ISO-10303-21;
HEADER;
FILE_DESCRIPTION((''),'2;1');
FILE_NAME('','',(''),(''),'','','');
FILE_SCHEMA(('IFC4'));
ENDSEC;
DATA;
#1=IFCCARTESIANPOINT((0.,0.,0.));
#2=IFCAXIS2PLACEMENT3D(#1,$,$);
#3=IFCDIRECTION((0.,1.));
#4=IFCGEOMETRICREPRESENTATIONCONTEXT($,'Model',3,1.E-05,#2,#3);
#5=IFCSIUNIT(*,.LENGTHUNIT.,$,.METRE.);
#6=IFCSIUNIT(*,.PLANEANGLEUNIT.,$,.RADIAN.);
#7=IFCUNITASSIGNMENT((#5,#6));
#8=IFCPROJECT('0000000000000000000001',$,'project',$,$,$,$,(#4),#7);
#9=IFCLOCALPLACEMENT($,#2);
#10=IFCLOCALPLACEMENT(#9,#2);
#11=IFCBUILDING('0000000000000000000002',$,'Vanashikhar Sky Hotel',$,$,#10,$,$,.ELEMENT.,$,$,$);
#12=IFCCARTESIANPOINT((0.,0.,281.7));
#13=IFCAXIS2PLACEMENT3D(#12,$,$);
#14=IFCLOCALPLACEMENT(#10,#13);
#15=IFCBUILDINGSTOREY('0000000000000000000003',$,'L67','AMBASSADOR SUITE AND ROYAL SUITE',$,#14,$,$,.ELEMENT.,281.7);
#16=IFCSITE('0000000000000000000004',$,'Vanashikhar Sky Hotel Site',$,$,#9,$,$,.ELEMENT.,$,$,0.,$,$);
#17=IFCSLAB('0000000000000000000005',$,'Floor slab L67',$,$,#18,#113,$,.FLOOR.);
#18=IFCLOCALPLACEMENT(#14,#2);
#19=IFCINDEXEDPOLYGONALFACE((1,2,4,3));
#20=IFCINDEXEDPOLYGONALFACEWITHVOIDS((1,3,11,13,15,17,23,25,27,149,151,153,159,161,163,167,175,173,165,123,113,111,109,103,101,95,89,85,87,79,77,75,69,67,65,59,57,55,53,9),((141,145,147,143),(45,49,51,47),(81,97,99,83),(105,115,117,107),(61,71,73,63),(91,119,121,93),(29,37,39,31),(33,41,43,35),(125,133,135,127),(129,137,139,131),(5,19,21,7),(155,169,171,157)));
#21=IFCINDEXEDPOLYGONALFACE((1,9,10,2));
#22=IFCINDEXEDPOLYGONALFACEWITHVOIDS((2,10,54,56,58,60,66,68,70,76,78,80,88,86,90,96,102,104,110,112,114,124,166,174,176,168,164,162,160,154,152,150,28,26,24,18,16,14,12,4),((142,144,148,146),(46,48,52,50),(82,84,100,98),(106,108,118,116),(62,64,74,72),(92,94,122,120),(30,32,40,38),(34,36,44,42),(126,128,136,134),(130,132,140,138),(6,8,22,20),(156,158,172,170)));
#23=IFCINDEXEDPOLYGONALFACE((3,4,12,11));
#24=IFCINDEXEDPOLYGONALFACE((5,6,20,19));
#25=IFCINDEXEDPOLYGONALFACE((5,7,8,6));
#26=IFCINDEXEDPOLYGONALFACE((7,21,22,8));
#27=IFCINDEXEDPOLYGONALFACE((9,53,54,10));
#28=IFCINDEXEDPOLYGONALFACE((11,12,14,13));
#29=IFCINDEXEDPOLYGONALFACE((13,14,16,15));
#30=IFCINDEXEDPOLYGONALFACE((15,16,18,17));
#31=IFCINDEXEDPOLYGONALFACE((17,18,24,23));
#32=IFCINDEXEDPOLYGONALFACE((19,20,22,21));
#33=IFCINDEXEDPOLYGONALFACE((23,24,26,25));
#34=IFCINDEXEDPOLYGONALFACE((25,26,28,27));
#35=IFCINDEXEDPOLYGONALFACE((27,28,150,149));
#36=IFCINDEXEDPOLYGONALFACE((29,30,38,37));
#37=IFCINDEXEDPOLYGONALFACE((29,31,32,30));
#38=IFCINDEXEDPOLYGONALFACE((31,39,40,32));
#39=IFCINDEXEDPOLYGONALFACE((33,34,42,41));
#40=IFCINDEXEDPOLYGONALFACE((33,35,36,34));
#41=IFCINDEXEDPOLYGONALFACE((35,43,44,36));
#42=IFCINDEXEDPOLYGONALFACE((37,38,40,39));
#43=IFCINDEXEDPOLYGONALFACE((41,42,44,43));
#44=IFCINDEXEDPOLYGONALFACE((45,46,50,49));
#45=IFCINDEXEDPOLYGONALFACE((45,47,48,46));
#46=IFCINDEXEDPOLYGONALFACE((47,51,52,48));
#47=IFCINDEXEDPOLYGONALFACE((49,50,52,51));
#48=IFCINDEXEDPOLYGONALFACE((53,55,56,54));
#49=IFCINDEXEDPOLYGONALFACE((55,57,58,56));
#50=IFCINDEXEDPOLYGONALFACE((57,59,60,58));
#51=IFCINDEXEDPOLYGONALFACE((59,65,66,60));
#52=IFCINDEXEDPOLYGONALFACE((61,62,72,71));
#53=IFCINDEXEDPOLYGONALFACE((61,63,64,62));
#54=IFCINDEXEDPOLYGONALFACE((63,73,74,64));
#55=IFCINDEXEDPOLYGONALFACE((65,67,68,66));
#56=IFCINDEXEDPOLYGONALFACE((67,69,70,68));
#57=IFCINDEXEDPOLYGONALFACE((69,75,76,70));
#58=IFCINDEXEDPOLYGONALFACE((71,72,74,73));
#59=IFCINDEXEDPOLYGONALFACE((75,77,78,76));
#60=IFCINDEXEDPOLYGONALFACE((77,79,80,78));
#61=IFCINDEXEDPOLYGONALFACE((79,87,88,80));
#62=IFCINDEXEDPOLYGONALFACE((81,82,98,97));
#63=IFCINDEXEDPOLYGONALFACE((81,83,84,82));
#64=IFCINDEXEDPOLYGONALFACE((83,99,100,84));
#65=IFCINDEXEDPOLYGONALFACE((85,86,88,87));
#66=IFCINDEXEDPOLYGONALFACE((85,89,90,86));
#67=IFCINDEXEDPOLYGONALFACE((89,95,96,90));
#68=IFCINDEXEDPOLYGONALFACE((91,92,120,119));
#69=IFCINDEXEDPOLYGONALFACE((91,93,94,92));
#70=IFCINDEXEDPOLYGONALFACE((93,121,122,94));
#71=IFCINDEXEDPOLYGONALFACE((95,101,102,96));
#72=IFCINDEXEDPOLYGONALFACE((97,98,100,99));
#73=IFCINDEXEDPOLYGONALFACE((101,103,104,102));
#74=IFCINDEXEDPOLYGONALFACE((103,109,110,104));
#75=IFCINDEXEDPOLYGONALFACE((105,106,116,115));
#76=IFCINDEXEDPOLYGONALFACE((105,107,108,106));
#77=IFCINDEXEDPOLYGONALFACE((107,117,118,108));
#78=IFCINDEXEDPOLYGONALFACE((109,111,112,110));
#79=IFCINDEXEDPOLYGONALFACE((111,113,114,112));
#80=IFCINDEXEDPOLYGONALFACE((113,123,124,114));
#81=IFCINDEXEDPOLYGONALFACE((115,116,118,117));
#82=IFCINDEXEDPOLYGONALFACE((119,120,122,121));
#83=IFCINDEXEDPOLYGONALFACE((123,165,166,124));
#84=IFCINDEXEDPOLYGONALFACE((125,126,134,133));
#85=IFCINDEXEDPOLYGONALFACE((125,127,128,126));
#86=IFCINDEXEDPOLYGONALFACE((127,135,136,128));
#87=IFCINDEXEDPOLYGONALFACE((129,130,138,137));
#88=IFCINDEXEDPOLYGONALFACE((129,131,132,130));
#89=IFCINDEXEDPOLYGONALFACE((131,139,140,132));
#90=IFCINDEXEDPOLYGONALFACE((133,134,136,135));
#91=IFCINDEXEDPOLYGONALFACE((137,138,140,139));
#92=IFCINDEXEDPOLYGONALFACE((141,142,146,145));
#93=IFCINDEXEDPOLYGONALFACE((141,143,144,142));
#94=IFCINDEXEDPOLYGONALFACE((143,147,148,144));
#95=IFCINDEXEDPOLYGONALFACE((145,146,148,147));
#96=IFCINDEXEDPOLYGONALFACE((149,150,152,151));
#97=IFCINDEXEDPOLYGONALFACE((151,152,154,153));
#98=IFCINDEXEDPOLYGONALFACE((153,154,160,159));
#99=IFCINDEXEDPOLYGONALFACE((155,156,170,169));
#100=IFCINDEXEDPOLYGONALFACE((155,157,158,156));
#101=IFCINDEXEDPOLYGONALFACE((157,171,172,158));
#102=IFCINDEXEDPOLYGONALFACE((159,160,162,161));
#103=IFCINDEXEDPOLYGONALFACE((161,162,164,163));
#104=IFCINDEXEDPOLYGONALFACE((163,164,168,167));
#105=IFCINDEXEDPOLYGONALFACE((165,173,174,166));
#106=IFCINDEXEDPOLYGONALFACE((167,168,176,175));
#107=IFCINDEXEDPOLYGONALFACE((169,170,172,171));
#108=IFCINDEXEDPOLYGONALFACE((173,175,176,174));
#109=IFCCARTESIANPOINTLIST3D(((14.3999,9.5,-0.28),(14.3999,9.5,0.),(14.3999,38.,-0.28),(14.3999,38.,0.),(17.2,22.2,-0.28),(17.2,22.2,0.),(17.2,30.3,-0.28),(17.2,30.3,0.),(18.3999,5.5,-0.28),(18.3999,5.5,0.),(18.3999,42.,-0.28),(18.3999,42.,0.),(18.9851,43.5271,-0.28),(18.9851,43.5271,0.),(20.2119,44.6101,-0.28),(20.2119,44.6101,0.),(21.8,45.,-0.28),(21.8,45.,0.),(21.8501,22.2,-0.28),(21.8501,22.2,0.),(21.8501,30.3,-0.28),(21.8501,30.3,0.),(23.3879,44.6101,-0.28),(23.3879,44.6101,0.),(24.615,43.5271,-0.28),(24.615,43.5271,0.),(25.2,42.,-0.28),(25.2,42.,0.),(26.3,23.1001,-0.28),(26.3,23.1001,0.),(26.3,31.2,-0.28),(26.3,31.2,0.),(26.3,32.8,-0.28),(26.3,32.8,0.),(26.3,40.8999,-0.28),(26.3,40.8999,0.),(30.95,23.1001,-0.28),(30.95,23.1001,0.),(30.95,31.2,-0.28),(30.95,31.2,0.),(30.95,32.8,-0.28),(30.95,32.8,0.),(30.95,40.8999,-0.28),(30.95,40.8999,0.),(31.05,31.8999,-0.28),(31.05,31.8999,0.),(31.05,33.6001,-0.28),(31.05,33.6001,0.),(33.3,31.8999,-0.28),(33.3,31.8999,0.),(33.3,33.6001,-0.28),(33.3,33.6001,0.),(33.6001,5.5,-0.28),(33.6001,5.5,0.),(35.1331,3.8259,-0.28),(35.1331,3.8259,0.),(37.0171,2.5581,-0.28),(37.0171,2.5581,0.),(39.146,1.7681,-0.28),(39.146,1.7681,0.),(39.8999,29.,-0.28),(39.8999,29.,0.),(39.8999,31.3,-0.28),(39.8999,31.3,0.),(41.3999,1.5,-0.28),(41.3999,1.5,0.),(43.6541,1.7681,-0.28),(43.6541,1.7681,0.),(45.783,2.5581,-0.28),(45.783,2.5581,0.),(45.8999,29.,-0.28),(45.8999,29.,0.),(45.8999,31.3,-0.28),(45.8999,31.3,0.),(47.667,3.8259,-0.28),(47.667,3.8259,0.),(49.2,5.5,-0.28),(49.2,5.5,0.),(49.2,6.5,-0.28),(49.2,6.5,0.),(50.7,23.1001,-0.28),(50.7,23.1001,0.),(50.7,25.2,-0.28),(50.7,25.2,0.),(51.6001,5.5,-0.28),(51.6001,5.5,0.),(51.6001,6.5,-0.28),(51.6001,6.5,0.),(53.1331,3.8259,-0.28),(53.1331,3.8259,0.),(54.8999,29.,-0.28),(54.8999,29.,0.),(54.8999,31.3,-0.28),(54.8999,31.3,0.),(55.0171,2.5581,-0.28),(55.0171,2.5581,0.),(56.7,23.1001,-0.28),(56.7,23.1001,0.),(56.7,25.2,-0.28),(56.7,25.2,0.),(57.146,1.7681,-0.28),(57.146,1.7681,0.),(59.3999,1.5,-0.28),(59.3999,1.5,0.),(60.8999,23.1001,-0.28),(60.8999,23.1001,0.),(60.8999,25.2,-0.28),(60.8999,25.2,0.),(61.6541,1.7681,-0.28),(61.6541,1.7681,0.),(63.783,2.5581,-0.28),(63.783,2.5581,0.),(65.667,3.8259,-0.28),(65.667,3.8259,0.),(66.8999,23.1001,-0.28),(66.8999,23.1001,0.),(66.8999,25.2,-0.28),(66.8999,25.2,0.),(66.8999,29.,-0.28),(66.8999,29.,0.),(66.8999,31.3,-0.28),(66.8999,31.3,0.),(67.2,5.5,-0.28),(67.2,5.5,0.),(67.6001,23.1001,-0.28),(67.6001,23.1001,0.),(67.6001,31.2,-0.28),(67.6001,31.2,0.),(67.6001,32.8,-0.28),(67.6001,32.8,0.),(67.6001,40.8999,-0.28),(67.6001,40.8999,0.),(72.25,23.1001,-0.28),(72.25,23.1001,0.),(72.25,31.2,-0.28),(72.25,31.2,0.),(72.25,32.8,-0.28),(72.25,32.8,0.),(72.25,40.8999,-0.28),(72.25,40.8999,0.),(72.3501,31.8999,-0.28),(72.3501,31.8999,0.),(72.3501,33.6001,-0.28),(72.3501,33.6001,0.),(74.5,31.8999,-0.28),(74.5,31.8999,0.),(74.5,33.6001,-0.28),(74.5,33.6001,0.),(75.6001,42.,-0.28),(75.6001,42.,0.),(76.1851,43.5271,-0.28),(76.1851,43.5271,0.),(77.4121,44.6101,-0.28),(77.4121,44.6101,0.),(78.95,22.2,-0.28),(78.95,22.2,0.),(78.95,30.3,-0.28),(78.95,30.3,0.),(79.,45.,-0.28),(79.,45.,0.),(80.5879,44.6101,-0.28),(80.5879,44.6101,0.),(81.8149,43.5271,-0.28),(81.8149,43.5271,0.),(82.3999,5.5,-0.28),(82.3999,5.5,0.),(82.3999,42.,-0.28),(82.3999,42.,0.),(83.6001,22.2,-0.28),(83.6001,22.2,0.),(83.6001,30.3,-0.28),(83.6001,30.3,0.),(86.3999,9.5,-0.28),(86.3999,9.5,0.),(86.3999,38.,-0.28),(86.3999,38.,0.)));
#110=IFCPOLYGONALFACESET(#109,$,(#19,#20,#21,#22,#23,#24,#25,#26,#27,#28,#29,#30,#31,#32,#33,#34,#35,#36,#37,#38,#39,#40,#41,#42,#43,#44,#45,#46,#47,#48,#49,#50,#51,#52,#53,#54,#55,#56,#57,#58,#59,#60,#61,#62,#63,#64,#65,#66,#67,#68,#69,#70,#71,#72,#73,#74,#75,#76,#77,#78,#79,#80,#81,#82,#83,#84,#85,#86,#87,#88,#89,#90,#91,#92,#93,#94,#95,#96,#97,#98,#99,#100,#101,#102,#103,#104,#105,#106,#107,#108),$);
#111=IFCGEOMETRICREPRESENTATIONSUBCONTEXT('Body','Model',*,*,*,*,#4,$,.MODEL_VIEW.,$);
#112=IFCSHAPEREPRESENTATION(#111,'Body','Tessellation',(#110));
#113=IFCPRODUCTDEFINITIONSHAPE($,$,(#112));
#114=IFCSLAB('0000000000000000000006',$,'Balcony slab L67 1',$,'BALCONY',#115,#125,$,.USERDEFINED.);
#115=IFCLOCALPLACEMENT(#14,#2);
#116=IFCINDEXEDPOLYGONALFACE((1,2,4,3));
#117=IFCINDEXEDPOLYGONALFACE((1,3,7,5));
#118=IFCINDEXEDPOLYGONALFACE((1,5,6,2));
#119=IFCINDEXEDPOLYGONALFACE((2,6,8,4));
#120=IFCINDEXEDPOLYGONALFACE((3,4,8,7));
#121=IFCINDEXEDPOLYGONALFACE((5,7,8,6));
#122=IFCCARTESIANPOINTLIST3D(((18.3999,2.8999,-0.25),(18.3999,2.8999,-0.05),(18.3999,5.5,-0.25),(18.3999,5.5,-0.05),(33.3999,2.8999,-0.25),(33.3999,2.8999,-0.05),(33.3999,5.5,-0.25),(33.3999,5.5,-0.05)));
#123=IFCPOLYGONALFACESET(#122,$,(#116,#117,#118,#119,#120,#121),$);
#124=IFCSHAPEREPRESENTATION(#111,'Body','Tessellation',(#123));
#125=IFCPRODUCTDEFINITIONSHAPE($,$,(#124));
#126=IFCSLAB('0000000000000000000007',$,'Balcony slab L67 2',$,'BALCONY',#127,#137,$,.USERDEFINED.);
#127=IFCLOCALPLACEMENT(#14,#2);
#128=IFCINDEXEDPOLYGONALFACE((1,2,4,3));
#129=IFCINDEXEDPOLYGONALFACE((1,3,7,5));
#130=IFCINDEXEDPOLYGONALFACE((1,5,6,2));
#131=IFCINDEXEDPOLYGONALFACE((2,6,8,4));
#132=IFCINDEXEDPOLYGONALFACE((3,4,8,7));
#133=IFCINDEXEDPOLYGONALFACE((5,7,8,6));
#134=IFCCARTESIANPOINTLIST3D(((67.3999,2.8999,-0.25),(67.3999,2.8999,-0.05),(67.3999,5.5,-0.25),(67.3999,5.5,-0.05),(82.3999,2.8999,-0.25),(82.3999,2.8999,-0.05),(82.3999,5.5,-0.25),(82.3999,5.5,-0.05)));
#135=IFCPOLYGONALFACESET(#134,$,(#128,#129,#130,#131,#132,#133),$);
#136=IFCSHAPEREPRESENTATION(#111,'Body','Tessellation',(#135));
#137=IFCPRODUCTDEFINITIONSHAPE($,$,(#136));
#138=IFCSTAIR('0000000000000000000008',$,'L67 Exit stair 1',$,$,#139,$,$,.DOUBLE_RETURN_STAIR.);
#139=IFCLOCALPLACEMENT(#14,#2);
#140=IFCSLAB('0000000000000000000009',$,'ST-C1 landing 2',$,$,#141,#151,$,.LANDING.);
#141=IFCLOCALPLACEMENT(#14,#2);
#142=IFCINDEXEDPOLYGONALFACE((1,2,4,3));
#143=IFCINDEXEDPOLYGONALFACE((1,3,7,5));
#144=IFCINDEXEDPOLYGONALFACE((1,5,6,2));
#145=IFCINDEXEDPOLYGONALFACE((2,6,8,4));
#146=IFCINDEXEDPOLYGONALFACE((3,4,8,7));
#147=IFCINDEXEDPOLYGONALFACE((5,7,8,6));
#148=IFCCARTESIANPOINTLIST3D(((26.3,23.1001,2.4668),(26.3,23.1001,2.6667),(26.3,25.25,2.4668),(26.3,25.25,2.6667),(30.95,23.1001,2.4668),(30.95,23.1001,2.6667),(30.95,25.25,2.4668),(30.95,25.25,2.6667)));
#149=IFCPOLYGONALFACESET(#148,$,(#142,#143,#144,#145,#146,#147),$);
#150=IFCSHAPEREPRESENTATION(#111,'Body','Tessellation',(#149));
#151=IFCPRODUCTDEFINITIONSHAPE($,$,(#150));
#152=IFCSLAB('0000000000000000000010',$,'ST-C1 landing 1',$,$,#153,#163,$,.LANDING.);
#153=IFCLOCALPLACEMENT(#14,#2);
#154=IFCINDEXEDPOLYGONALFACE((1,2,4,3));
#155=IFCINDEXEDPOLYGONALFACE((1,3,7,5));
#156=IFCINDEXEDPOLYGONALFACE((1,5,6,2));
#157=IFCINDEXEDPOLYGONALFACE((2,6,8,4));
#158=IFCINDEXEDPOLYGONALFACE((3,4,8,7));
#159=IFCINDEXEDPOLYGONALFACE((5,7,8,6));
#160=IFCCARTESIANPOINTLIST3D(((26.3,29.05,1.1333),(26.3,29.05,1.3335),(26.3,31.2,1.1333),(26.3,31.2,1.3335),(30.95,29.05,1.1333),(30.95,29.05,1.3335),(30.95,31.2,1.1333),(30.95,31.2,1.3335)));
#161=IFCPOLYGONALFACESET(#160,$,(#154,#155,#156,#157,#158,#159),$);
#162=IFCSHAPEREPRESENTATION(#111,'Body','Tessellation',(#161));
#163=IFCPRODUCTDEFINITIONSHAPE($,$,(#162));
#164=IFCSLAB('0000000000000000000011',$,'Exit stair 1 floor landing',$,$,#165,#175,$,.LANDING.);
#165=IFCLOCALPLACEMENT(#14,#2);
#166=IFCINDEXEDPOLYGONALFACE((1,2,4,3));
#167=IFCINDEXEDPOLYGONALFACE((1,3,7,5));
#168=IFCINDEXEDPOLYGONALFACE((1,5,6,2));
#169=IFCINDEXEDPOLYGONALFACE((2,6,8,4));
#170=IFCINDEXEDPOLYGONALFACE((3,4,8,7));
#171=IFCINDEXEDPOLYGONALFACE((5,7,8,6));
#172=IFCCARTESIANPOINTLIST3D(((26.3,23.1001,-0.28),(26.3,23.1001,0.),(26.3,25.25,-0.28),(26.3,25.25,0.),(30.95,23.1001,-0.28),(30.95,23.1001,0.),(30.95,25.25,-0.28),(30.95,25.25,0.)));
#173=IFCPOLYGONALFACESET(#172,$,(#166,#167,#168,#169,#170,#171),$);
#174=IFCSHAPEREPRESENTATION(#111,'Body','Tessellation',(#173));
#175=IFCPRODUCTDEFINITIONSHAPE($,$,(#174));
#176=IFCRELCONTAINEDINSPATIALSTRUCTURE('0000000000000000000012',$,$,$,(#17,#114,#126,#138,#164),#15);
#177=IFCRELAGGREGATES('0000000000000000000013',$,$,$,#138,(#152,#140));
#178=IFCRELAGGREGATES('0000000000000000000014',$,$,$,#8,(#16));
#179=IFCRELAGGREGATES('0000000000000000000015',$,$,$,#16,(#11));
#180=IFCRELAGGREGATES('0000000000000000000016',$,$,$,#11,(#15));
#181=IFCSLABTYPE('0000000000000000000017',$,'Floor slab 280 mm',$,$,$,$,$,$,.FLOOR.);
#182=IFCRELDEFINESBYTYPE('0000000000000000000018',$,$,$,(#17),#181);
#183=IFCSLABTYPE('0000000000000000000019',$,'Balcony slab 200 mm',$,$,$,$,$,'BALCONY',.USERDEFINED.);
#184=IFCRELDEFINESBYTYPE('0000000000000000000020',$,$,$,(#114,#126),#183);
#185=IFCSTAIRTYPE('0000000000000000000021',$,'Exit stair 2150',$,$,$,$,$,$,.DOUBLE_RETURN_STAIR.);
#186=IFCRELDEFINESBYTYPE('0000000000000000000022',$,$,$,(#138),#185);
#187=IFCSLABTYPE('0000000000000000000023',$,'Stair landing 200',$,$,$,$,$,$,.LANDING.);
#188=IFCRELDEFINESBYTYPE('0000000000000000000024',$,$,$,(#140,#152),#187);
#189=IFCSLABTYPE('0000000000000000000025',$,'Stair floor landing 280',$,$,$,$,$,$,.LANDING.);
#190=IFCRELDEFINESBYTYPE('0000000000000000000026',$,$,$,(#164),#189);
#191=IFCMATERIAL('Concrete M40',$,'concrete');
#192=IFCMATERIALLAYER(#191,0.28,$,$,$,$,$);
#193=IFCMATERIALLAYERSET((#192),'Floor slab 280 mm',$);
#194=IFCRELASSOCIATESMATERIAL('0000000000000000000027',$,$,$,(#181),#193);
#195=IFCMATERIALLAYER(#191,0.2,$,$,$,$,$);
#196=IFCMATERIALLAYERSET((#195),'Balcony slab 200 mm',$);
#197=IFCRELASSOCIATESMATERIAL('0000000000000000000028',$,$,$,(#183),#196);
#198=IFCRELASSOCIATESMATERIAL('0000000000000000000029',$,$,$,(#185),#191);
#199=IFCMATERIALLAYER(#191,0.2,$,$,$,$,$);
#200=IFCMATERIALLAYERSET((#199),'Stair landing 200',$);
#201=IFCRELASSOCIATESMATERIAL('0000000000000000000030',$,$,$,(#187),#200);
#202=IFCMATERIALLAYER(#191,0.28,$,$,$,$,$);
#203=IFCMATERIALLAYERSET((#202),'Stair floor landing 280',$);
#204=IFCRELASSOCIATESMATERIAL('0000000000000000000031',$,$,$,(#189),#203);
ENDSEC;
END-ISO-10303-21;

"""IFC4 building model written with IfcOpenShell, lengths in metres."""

from ifc_helpers import new_model, si_unit, direction, frame, origin, place, context, subcontext, project, spatial, polyline, outline, extrude, source, transform, mapped, material, layer, layer_set, type_object, element, aggregate, save


model = new_model("IFC4")

# Units and contexts
model_context = context("Model", 3, precision=1e-05, world=origin(), true_north=direction((0.0, 1.0)))
body_context = subcontext(model_context, "Body", "Model", "MODEL_VIEW")
ifc_project = project(units=[si_unit("LENGTHUNIT", "METRE"), si_unit("PLANEANGLEUNIT", "RADIAN")], contexts=[model_context])

# Site, building, storey
site_placement = place(None, origin())
site = spatial("IfcSite", under=ifc_project, at=site_placement, Name="Vanashikhar Sky Hotel Site", CompositionType="ELEMENT", RefElevation=0.0)
building_placement = place(site_placement, origin())
building = spatial("IfcBuilding", under=site, at=building_placement, Name="Vanashikhar Sky Hotel", CompositionType="ELEMENT")
storey_placement = place(building_placement, frame((0.0, 0.0, 281.7)))
storey = spatial("IfcBuildingStorey", under=building, at=storey_placement, Name="L67", Description="AMBASSADOR SUITE AND ROYAL SUITE", CompositionType="ELEMENT", Elevation=281.7)

# Slabs
ifc_material = material(Name="Concrete M40", Category="concrete")
ifc_layer_1 = layer(ifc_material, 0.28)
ifc_layer_set_1 = layer_set([ifc_layer_1], Name="Floor slab 280 mm")
slab_type_1 = type_object("IfcSlabType", Name="Floor slab 280 mm", PredefinedType="FLOOR", material=ifc_layer_set_1)
shared_shape_1 = source(origin(), body_context, "Body", "SweptSolid", [
    extrude(outline(polyline([(49.2, 5.5), (49.2, 6.5), (51.6001, 6.5), (51.6001, 5.5), (53.1331, 3.8259), (55.0171, 2.5581), (57.146, 1.7681), (59.3999, 1.5), (61.6541, 1.7681), (63.783, 2.5581), (65.667, 3.8259), (67.2, 5.5), (82.3999, 5.5), (86.3999, 9.5), (86.3999, 38.0), (82.3999, 42.0), (81.8149, 43.5271), (80.5879, 44.6101), (79.0, 45.0), (77.4121, 44.6101), (76.1851, 43.5271), (75.6001, 42.0), (25.2, 42.0), (24.615, 43.5271), (23.3879, 44.6101), (21.8, 45.0), (20.2119, 44.6101), (18.9851, 43.5271), (18.3999, 42.0), (14.3999, 38.0), (14.3999, 9.5), (18.3999, 5.5), (33.6001, 5.5), (35.1331, 3.8259), (37.0171, 2.5581), (39.146, 1.7681), (41.3999, 1.5), (43.6541, 1.7681), (45.783, 2.5581), (47.667, 3.8259), (49.2, 5.5)]), holes=[polyline([(33.3, 33.6001), (31.05, 33.6001), (31.05, 31.8999), (33.3, 31.8999), (33.3, 33.6001)]), polyline([(39.8999, 31.3), (39.8999, 29.0), (45.8999, 29.0), (45.8999, 31.3), (39.8999, 31.3)]), polyline([(50.7, 25.2), (50.7, 23.1001), (56.7, 23.1001), (56.7, 25.2), (50.7, 25.2)]), polyline([(66.8999, 29.0), (66.8999, 31.3), (54.8999, 31.3), (54.8999, 29.0), (66.8999, 29.0)]), polyline([(60.8999, 25.2), (60.8999, 23.1001), (66.8999, 23.1001), (66.8999, 25.2), (60.8999, 25.2)]), polyline([(74.5, 33.6001), (72.3501, 33.6001), (72.3501, 31.8999), (74.5, 31.8999), (74.5, 33.6001)]), polyline([(30.95, 23.1001), (30.95, 31.2), (26.3, 31.2), (26.3, 23.1001), (30.95, 23.1001)]), polyline([(72.25, 23.1001), (72.25, 31.2), (67.6001, 31.2), (67.6001, 23.1001), (72.25, 23.1001)]), polyline([(30.95, 32.8), (30.95, 40.8999), (26.3, 40.8999), (26.3, 32.8), (30.95, 32.8)]), polyline([(72.25, 32.8), (72.25, 40.8999), (67.6001, 40.8999), (67.6001, 32.8), (72.25, 32.8)]), polyline([(83.6001, 22.2), (83.6001, 30.3), (78.95, 30.3), (78.95, 22.2), (83.6001, 22.2)]), polyline([(21.8501, 22.2), (21.8501, 30.3), (17.2, 30.3), (17.2, 22.2), (21.8501, 22.2)])]), origin(), (0.0, 0.0, 1.0), 0.28),
])
slab_1_placement = place(storey_placement, frame((0.0, 0.0, -0.28)))
element("IfcSlab", 1, at=slab_1_placement, inside=storey, type_object=slab_type_1, Name="Floor slab L67", PredefinedType="FLOOR", context=body_context, shape_type="MappedRepresentation", body=[
    mapped(shared_shape_1, transform((0.0, 0.0, 0.0), scale=1.0)),
])
ifc_layer_2 = layer(ifc_material, 0.2)
ifc_layer_set_2 = layer_set([ifc_layer_2], Name="Balcony slab 200 mm")
slab_type_2 = type_object("IfcSlabType", Name="Balcony slab 200 mm", ElementType="BALCONY", PredefinedType="USERDEFINED", material=ifc_layer_set_2)
shared_shape_2 = source(origin(), body_context, "Body", "SweptSolid", [
    extrude(outline(polyline([(18.3999, 2.8999), (33.3999, 2.8999), (33.3999, 5.5), (18.3999, 5.5), (18.3999, 2.8999)])), origin(), (0.0, 0.0, 1.0), 0.2),
])
slab_2_placement = place(storey_placement, frame((0.0, 0.0, -0.25)))
element("IfcSlab", 2, at=slab_2_placement, inside=storey, type_object=slab_type_2, Name="Balcony slab L67 1", ObjectType="BALCONY", PredefinedType="USERDEFINED", context=body_context, shape_type="MappedRepresentation", body=[
    mapped(shared_shape_2, transform((0.0, 0.0, 0.0), scale=1.0)),
])
shared_shape_3 = source(origin(), body_context, "Body", "SweptSolid", [
    extrude(outline(polyline([(67.3999, 2.8999), (82.3999, 2.8999), (82.3999, 5.5), (67.3999, 5.5), (67.3999, 2.8999)])), origin(), (0.0, 0.0, 1.0), 0.2),
])
slab_3_placement = place(storey_placement, frame((0.0, 0.0, -0.25)))
element("IfcSlab", 3, at=slab_3_placement, inside=storey, type_object=slab_type_2, Name="Balcony slab L67 2", ObjectType="BALCONY", PredefinedType="USERDEFINED", context=body_context, shape_type="MappedRepresentation", body=[
    mapped(shared_shape_3, transform((0.0, 0.0, 0.0), scale=1.0)),
])

# Stair, slabs
stair_type = type_object("IfcStairType", Name="Exit stair 2150", PredefinedType="DOUBLE_RETURN_STAIR", material=ifc_material)
stair_1_placement = place(storey_placement, origin())
stair_1 = element("IfcStair", 4, at=stair_1_placement, inside=storey, type_object=stair_type, Name="L67 Exit stair 1", PredefinedType="DOUBLE_RETURN_STAIR")
ifc_layer_3 = layer(ifc_material, 0.2)
ifc_layer_set_3 = layer_set([ifc_layer_3], Name="Stair landing 200")
slab_type_3 = type_object("IfcSlabType", Name="Stair landing 200", PredefinedType="LANDING", material=ifc_layer_set_3)
shared_shape_4 = source(origin(), body_context, "Body", "SweptSolid", [
    extrude(outline(polyline([(30.95, 23.1001), (30.95, 25.25), (26.3, 25.25), (26.3, 23.1001), (30.95, 23.1001)])), origin(), (0.0, 0.0, 1.0), 0.2),
])
slab_4_placement = place(storey_placement, frame((0.0, 0.0, 2.4668)))
slab_4 = element("IfcSlab", 5, at=slab_4_placement, type_object=slab_type_3, Name="ST-C1 landing 2", PredefinedType="LANDING", context=body_context, shape_type="MappedRepresentation", body=[
    mapped(shared_shape_4, transform((0.0, 0.0, 0.0), scale=1.0)),
])
shared_shape_5 = source(origin(), body_context, "Body", "SweptSolid", [
    extrude(outline(polyline([(30.95, 29.05), (30.95, 31.2), (26.3, 31.2), (26.3, 29.05), (30.95, 29.05)])), origin(), (0.0, 0.0, 1.0), 0.2002),
])
slab_5_placement = place(storey_placement, frame((0.0, 0.0, 1.1333)))
slab_5 = element("IfcSlab", 6, at=slab_5_placement, type_object=slab_type_3, Name="ST-C1 landing 1", PredefinedType="LANDING", context=body_context, shape_type="MappedRepresentation", body=[
    mapped(shared_shape_5, transform((0.0, 0.0, 0.0), scale=1.0)),
])
aggregate(stair_1, [slab_5, slab_4])

# Slab
ifc_layer_4 = layer(ifc_material, 0.28)
ifc_layer_set_4 = layer_set([ifc_layer_4], Name="Stair floor landing 280")
slab_type_4 = type_object("IfcSlabType", Name="Stair floor landing 280", PredefinedType="LANDING", material=ifc_layer_set_4)
shared_shape_6 = source(origin(), body_context, "Body", "SweptSolid", [
    extrude(outline(polyline([(30.95, 23.1001), (30.95, 25.25), (26.3, 25.25), (26.3, 23.1001), (30.95, 23.1001)])), origin(), (0.0, 0.0, 1.0), 0.28),
])
slab_6_placement = place(storey_placement, frame((0.0, 0.0, -0.28)))
element("IfcSlab", 7, at=slab_6_placement, inside=storey, type_object=slab_type_4, Name="Exit stair 1 floor landing", PredefinedType="LANDING", context=body_context, shape_type="MappedRepresentation", body=[
    mapped(shared_shape_6, transform((0.0, 0.0, 0.0), scale=1.0)),
])

save(model, "model.ifc")
